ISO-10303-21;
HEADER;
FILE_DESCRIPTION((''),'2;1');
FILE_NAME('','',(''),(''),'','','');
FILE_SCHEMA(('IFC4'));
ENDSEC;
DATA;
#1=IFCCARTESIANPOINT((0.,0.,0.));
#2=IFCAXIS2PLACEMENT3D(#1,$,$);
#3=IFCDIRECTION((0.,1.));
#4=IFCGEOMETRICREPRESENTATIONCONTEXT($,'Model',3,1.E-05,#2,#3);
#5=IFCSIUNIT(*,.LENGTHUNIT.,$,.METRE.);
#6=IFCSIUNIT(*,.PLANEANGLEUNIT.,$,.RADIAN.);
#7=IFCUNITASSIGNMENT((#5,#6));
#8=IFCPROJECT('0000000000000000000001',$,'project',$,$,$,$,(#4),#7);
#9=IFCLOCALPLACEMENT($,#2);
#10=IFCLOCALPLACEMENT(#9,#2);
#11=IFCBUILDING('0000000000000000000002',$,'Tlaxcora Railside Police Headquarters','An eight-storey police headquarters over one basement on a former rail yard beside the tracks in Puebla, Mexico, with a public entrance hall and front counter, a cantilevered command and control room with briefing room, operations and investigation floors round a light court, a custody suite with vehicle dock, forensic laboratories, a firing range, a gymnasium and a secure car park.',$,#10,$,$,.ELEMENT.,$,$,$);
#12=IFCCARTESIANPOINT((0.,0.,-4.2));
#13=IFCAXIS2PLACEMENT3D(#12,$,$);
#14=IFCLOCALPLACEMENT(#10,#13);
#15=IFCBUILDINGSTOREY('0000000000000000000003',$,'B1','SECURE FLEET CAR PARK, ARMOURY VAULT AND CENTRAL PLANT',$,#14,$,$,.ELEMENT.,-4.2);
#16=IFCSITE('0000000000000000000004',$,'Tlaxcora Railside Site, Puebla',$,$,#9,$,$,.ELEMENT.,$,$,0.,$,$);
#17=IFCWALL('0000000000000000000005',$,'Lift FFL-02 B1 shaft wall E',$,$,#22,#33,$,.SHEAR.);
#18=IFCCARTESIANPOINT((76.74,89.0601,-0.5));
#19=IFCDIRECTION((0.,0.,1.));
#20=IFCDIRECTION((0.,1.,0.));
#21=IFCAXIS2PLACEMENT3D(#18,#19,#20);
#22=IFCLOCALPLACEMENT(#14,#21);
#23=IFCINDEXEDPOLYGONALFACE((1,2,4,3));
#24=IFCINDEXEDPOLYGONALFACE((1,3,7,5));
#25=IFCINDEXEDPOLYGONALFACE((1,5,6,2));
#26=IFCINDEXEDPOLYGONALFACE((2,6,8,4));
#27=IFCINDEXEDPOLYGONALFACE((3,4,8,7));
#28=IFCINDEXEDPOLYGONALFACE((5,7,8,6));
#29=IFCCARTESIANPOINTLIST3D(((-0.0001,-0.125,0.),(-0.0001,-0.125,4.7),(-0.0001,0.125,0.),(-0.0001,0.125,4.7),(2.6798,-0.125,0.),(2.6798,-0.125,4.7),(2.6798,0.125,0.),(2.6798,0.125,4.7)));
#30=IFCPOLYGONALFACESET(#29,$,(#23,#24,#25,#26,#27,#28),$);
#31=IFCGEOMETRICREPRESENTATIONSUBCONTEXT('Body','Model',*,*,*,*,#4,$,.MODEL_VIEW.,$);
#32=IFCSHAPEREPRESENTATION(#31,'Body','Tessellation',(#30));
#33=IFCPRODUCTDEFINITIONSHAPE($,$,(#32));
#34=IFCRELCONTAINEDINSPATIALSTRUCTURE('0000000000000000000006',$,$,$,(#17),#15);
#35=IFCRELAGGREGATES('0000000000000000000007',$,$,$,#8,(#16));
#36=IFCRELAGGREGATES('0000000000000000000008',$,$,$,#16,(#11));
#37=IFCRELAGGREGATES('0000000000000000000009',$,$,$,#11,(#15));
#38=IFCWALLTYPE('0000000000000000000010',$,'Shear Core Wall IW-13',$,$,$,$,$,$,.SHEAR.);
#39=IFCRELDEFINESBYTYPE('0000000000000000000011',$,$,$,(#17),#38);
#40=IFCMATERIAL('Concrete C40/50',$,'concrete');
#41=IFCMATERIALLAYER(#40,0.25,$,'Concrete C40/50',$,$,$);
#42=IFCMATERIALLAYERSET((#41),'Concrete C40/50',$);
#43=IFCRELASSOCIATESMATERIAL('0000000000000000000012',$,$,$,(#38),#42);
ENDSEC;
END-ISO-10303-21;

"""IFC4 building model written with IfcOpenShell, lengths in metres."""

from ifc_helpers import new_model, si_unit, direction, frame, frame_2d, origin, place, context, subcontext, project, spatial, rectangle, extrude, material, layer, layer_set, type_object, element, save


model = new_model("IFC4")

# Units and contexts
model_context = context("Model", 3, precision=1e-05, world=origin(), true_north=direction((0.0, 1.0)))
body_context = subcontext(model_context, "Body", "Model", "MODEL_VIEW")
ifc_project = project(units=[si_unit("LENGTHUNIT", "METRE"), si_unit("PLANEANGLEUNIT", "RADIAN")], contexts=[model_context])

# Site, building, storey
site_placement = place(None, origin())
site = spatial("IfcSite", under=ifc_project, at=site_placement, Name="Tlaxcora Railside Site, Puebla", CompositionType="ELEMENT", RefElevation=0.0)
building_placement = place(site_placement, origin())
building = spatial("IfcBuilding", under=site, at=building_placement, Name="Tlaxcora Railside Police Headquarters", Description="An eight-storey police headquarters over one basement on a former rail yard beside the tracks in Puebla, Mexico, with a public entrance hall and front counter, a cantilevered command and control room with briefing room, operations and investigation floors round a light court, a custody suite with vehicle dock, forensic laboratories, a firing range, a gymnasium and a secure car park.", CompositionType="ELEMENT")
storey_placement = place(building_placement, frame((0.0, 0.0, -4.2)))
storey = spatial("IfcBuildingStorey", under=building, at=storey_placement, Name="B1", Description="SECURE FLEET CAR PARK, ARMOURY VAULT AND CENTRAL PLANT", CompositionType="ELEMENT", Elevation=-4.2)

# Shared definitions
ifc_material_1 = material(Name="Concrete C40/50", Category="concrete")

# Wall
ifc_layer_1 = layer(ifc_material_1, 0.25, Name="Concrete C40/50")
ifc_layer_set_1 = layer_set([ifc_layer_1], Name="Concrete C40/50")
wall_type_1 = type_object("IfcWallType", Name="Shear Core Wall IW-13", PredefinedType="SHEAR", material=ifc_layer_set_1)
wall_1_placement = place(storey_placement, frame((76.74, 89.0601, -0.5), z_axis=(0.0, 0.0, 1.0), x_axis=(0.0, 1.0, 0.0)))
element("IfcWall", 1, at=wall_1_placement, inside=storey, type_object=wall_type_1, Name="Lift FFL-02 B1 shaft wall E", PredefinedType="SHEAR", context=body_context, shape_type="SweptSolid", body=[
    extrude(rectangle(XDim=2.6799, YDim=0.25, at=frame_2d((1.3398, 0.0))), origin(), (0.0, 0.0, 1.0), 4.7),
])

save(model, "model.ifc")
